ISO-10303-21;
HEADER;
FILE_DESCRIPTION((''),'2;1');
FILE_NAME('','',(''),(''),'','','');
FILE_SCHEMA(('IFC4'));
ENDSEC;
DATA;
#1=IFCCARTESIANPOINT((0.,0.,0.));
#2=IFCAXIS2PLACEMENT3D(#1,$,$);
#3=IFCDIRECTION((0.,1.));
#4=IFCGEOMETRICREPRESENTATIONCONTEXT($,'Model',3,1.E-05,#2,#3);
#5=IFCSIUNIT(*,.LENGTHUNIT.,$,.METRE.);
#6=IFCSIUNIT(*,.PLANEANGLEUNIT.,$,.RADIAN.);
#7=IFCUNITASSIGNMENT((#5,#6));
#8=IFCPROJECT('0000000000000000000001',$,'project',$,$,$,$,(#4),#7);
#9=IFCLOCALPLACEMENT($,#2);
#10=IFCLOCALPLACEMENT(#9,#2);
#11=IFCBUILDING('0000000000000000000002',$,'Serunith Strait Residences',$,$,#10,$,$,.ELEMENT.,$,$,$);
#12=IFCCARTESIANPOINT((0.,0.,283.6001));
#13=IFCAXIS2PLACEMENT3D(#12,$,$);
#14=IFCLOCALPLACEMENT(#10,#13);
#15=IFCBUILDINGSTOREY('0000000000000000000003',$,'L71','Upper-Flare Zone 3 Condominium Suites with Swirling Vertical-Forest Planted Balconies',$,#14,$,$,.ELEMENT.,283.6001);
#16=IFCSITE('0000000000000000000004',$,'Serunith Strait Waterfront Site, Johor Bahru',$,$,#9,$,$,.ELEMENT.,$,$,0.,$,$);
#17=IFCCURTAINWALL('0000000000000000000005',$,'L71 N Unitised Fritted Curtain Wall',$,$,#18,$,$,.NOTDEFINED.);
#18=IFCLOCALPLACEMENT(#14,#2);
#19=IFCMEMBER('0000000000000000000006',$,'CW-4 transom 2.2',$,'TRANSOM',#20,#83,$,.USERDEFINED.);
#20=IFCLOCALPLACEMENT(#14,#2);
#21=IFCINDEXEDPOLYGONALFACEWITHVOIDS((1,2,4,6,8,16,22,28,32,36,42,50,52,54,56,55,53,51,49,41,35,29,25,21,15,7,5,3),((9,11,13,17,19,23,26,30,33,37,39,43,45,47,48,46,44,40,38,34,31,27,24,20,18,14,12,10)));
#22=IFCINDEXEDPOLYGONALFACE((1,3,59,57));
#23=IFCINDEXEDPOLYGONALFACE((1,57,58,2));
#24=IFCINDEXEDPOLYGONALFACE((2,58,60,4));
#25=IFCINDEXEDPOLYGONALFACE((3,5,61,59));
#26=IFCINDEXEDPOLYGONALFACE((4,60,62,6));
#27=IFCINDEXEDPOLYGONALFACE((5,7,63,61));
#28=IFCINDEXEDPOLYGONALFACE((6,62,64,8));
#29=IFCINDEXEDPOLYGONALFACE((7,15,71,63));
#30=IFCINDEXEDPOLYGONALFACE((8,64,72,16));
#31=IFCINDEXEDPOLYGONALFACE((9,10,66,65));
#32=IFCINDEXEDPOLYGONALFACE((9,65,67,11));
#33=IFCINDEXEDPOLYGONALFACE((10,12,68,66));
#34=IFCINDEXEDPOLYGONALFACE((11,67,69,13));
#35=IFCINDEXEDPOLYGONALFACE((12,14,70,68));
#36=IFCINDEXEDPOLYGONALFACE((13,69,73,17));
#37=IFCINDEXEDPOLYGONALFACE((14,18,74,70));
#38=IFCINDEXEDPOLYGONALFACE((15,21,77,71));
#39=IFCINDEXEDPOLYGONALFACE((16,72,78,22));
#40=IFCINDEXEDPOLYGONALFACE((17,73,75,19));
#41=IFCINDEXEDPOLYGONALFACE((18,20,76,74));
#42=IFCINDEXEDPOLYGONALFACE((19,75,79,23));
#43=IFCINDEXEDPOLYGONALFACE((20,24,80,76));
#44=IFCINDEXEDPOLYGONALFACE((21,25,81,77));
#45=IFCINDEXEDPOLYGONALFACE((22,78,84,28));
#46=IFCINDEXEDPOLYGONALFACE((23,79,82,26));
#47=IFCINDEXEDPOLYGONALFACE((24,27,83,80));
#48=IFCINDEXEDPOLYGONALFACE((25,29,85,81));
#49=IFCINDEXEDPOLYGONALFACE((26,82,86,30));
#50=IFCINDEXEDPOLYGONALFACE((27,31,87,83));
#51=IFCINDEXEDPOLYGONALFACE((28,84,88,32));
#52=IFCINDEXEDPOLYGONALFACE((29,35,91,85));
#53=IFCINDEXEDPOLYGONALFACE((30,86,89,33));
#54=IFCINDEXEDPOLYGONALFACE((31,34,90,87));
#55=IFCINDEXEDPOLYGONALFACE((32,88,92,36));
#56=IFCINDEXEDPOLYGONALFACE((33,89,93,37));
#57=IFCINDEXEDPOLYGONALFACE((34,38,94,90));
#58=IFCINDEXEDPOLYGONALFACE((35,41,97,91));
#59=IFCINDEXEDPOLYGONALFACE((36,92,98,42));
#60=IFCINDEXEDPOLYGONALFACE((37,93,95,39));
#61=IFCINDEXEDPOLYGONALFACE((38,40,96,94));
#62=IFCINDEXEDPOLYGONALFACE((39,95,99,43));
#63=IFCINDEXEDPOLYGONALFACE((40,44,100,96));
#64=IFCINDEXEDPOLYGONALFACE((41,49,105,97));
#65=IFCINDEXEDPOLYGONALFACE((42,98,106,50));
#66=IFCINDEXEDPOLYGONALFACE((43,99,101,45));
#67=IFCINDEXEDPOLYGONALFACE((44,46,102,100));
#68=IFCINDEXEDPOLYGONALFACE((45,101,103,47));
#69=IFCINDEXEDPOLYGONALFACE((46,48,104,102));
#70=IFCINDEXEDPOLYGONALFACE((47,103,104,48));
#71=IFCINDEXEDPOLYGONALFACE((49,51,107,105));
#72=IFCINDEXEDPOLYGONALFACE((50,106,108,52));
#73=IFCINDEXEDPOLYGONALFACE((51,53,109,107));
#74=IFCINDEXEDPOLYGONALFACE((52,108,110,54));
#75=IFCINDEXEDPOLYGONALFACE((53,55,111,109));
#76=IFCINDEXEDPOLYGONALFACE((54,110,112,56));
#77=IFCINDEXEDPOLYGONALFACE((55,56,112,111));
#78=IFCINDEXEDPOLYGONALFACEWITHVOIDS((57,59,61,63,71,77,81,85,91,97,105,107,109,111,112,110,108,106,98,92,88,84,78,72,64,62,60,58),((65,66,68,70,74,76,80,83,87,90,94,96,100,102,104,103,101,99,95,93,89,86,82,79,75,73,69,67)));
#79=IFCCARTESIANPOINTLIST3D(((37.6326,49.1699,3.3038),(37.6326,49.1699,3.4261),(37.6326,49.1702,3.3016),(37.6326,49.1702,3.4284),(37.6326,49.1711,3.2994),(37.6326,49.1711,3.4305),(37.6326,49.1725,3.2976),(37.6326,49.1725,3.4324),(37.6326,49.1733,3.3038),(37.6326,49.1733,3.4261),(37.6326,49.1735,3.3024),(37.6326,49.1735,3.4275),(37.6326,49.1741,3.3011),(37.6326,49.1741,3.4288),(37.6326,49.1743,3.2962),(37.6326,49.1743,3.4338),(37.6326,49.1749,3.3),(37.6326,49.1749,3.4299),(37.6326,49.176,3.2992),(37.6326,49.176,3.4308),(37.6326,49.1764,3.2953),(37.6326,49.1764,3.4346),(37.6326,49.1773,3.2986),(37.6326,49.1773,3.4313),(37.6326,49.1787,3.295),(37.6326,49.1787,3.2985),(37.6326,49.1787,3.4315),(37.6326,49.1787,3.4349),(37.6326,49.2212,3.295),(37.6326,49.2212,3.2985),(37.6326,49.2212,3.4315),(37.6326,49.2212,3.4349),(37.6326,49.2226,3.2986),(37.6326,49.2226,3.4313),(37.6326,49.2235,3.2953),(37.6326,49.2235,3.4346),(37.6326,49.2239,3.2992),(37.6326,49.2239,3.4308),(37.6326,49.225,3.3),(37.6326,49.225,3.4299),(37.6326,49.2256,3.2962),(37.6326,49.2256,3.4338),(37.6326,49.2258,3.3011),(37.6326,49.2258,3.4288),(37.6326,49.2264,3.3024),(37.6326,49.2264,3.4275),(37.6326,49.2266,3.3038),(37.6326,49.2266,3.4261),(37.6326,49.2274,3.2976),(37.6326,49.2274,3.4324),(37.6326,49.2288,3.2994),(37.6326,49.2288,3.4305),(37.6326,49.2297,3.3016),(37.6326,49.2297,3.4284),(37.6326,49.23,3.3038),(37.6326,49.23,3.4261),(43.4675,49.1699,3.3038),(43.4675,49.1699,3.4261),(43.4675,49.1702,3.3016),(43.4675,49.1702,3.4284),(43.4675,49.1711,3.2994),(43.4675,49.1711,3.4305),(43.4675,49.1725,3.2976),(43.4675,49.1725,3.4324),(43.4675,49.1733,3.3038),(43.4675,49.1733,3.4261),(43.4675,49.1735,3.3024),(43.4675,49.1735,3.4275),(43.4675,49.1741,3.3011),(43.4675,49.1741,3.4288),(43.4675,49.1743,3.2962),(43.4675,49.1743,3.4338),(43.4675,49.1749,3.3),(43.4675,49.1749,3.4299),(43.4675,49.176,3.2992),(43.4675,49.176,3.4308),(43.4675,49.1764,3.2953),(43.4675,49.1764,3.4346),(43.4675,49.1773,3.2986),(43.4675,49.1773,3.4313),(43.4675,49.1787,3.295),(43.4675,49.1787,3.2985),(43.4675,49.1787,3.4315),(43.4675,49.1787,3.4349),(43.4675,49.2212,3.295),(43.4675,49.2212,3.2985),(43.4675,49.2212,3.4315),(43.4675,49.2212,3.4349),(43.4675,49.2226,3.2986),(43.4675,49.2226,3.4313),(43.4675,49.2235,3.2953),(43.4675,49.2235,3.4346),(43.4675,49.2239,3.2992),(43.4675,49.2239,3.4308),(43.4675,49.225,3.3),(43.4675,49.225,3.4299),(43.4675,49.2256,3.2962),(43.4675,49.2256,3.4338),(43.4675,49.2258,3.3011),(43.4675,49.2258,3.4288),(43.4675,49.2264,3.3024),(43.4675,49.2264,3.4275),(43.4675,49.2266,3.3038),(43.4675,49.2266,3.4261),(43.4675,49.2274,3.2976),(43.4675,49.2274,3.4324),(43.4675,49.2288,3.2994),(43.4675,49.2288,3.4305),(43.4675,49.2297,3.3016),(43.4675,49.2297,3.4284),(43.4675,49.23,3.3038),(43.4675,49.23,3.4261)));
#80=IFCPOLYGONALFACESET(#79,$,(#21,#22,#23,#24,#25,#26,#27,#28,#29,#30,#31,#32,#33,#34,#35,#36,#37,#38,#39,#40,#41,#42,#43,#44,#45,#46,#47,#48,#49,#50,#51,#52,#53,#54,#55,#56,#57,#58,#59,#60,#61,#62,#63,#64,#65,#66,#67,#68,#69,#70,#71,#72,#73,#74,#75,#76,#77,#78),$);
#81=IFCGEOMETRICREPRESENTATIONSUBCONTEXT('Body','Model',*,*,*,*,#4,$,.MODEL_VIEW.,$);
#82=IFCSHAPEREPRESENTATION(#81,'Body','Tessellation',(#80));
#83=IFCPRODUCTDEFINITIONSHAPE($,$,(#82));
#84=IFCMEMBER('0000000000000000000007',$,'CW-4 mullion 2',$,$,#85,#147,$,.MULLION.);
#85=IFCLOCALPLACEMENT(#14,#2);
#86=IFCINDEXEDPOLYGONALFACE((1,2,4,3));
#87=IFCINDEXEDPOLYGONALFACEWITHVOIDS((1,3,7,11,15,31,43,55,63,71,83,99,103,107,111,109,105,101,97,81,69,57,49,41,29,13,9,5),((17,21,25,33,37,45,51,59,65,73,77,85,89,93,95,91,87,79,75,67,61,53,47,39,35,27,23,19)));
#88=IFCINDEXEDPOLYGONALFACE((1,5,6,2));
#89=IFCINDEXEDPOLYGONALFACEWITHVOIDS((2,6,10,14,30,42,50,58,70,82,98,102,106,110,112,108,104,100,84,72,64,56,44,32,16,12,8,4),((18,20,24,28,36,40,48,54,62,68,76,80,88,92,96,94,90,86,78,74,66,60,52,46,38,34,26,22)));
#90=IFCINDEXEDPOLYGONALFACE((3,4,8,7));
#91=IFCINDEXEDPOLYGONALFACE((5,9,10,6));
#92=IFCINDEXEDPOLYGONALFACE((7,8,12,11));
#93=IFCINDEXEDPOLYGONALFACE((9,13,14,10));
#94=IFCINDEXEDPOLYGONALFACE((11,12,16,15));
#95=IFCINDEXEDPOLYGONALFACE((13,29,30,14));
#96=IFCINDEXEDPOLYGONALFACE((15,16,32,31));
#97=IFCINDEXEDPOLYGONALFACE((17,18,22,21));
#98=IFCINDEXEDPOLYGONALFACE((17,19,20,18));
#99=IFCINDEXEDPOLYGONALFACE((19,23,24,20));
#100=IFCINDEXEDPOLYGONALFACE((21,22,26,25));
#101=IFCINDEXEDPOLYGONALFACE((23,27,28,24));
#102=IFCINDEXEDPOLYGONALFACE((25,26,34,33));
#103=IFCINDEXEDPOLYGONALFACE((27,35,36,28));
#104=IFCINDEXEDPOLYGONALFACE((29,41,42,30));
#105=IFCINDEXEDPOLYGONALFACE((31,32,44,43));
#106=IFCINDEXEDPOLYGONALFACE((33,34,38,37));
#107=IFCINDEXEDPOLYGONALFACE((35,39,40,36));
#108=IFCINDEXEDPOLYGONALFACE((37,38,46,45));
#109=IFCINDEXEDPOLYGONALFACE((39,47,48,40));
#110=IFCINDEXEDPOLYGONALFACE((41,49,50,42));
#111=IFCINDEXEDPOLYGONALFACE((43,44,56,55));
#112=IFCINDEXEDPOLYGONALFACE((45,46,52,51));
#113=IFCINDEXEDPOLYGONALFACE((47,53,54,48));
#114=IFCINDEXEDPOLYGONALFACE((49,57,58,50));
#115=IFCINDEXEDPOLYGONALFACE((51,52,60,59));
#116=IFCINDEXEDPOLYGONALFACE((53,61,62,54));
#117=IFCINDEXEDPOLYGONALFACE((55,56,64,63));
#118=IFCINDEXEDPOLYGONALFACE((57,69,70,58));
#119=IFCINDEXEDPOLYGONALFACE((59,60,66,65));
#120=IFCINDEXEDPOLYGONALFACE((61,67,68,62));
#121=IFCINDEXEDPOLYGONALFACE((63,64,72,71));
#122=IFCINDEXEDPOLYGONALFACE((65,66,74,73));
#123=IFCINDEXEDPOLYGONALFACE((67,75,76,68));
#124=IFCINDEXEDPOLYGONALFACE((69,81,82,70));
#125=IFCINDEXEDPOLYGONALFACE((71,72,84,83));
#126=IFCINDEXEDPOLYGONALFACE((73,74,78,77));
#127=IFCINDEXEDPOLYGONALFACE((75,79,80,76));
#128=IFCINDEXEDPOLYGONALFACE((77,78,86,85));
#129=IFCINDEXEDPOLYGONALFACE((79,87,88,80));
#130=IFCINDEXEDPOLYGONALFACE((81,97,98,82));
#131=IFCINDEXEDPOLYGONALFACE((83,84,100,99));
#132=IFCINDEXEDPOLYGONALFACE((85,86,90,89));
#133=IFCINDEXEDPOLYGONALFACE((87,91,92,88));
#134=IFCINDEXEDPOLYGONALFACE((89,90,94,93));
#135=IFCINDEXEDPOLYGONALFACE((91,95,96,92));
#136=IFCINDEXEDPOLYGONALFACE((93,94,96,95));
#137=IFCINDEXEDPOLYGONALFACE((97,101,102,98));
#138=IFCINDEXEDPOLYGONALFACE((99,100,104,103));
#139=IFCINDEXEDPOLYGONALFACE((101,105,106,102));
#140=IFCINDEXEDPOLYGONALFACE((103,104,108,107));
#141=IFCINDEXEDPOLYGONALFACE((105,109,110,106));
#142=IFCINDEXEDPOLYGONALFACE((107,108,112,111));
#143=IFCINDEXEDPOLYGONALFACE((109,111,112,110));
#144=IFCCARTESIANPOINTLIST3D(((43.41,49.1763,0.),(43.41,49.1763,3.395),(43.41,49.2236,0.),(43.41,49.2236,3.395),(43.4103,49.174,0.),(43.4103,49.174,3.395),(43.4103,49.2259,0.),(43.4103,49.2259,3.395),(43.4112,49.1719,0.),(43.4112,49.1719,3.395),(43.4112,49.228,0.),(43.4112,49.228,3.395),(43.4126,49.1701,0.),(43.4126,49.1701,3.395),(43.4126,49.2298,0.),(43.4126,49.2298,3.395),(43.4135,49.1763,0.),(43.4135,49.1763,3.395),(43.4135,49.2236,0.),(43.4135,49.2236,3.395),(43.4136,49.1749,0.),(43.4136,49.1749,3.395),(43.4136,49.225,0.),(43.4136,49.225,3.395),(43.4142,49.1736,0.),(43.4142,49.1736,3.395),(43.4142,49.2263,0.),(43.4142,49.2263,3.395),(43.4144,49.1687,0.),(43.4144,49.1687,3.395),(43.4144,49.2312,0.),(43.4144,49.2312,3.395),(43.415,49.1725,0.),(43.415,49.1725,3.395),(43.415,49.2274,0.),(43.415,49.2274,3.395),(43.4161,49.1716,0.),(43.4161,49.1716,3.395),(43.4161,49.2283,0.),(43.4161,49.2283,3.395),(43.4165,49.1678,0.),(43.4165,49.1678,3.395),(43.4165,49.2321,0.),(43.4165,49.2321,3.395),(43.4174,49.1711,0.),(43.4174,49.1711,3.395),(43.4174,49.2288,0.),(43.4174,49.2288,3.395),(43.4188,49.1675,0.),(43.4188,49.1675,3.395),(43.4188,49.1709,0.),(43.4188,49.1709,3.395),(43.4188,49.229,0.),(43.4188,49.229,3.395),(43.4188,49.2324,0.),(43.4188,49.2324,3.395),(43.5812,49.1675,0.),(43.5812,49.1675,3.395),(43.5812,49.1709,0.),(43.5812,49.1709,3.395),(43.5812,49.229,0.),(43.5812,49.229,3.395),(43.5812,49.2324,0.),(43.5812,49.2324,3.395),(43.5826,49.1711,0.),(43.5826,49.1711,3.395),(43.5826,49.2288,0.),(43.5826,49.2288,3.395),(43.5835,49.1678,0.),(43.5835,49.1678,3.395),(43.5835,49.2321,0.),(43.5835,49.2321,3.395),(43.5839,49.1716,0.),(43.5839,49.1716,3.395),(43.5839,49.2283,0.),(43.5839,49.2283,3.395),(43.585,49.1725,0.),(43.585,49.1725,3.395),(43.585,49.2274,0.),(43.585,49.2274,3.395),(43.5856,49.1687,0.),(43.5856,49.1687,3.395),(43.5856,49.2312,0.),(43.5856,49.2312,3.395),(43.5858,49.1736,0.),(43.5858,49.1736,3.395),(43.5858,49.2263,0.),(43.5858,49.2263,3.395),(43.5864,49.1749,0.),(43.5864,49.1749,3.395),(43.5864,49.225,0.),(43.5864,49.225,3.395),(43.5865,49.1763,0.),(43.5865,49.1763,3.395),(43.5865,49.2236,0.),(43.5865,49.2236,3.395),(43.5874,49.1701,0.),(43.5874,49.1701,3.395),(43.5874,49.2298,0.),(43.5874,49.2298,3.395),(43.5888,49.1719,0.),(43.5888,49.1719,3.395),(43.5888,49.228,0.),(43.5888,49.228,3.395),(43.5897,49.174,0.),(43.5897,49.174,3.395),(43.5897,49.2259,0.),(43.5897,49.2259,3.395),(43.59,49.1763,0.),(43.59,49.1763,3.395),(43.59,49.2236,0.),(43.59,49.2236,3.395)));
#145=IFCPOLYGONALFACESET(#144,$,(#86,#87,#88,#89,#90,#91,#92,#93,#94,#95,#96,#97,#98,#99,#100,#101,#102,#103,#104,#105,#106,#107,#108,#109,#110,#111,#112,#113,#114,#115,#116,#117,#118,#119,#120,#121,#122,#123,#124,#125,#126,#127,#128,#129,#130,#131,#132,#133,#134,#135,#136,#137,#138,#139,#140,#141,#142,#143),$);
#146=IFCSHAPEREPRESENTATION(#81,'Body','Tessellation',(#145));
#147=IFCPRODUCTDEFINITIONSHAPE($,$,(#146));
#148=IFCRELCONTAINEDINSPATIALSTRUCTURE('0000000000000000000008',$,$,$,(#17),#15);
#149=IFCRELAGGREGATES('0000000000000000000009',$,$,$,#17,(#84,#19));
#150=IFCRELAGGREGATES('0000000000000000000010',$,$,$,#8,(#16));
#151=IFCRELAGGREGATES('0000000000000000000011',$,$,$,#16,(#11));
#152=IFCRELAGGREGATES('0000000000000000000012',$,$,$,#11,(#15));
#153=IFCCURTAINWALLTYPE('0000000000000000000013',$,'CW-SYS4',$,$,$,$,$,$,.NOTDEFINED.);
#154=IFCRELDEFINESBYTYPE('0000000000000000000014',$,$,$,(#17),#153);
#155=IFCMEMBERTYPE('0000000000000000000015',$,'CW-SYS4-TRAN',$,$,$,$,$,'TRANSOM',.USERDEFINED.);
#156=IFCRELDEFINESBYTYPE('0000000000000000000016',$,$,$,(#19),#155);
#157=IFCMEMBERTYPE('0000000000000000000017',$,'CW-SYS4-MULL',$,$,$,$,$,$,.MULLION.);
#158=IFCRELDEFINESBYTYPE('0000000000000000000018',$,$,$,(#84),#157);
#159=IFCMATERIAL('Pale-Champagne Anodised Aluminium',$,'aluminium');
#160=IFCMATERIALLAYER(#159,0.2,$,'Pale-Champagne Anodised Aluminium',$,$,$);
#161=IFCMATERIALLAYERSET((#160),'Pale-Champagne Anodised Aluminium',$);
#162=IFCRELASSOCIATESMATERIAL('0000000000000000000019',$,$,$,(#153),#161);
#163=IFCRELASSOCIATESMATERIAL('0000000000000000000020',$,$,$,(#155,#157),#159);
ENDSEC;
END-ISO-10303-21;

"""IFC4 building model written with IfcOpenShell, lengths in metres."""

from ifc_helpers import new_model, si_unit, direction, frame, origin, origin_2d, place, context, subcontext, project, spatial, hollow_rectangle, extrude, source, transform, mapped, material, layer, layer_set, material_profile, profile_set, type_object, element, aggregate, save


model = new_model("IFC4")

# Units and contexts
model_context = context("Model", 3, precision=1e-05, world=origin(), true_north=direction((0.0, 1.0)))
body_context = subcontext(model_context, "Body", "Model", "MODEL_VIEW")
ifc_project = project(units=[si_unit("LENGTHUNIT", "METRE"), si_unit("PLANEANGLEUNIT", "RADIAN")], contexts=[model_context])

# Site, building, storey
site_placement = place(None, origin())
site = spatial("IfcSite", under=ifc_project, at=site_placement, Name="Serunith Strait Waterfront Site, Johor Bahru", CompositionType="ELEMENT", RefElevation=0.0)
building_placement = place(site_placement, origin())
building = spatial("IfcBuilding", under=site, at=building_placement, Name="Serunith Strait Residences", CompositionType="ELEMENT")
storey_placement = place(building_placement, frame((0.0, 0.0, 283.6001)))
storey = spatial("IfcBuildingStorey", under=building, at=storey_placement, Name="L71", Description="Upper-Flare Zone 3 Condominium Suites with Swirling Vertical-Forest Planted Balconies", CompositionType="ELEMENT", Elevation=283.6001)

# Curtain wall, members
ifc_material_1 = material(Name="Pale-Champagne Anodised Aluminium", Category="aluminium")
ifc_layer_1 = layer(ifc_material_1, 0.2, Name="Pale-Champagne Anodised Aluminium")
ifc_layer_set_1 = layer_set([ifc_layer_1], Name="Pale-Champagne Anodised Aluminium")
curtain_wall_type = type_object("IfcCurtainWallType", Name="CW-SYS4", PredefinedType="NOTDEFINED", material=ifc_layer_set_1)
curtain_wall_placement = place(storey_placement, origin())
curtain_wall = element("IfcCurtainWall", 1, at=curtain_wall_placement, inside=storey, type_object=curtain_wall_type, Name="L71 N Unitised Fritted Curtain Wall", PredefinedType="NOTDEFINED")
ifc_material_profile_1 = material_profile(ifc_material_1, hollow_rectangle(XDim=0.0601, YDim=0.1399, WallThickness=0.0034, InnerFilletRadius=0.0054, OuterFilletRadius=0.0088, at=origin_2d()), Name="ALU 140x60x3.5")
ifc_profile_set_1 = profile_set([ifc_material_profile_1], Name="Pale-Champagne Anodised Aluminium")
member_type_1 = type_object("IfcMemberType", Name="CW-SYS4-TRAN", ElementType="TRANSOM", PredefinedType="USERDEFINED", material=ifc_profile_set_1)
shared_shape_1 = source(origin(), body_context, "Body", "SweptSolid", [
    extrude(hollow_rectangle(XDim=0.0601, YDim=0.1399, WallThickness=0.0034, InnerFilletRadius=0.0054, OuterFilletRadius=0.0088, at=origin_2d()), origin(), (0.0, 0.0, 1.0), 5.835),
])
member_1_placement = place(storey_placement, frame((43.4675, 49.2, 3.365), z_axis=(-1.0, 0.0, 0.0), x_axis=(0.0, -1.0, 0.0)))
member_1 = element("IfcMember", 2, at=member_1_placement, type_object=member_type_1, Name="CW-4 transom 2.2", ObjectType="TRANSOM", PredefinedType="USERDEFINED", context=body_context, shape_type="MappedRepresentation", body=[
    mapped(shared_shape_1, transform((0.0, 0.0, 0.0), scale=1.0)),
])
ifc_material_profile_2 = material_profile(ifc_material_1, hollow_rectangle(XDim=0.0649, YDim=0.1799, WallThickness=0.0034, InnerFilletRadius=0.0054, OuterFilletRadius=0.0088, at=origin_2d()), Name="ALU 180x65x3.5")
ifc_profile_set_2 = profile_set([ifc_material_profile_2], Name="Pale-Champagne Anodised Aluminium")
member_type_2 = type_object("IfcMemberType", Name="CW-SYS4-MULL", PredefinedType="MULLION", material=ifc_profile_set_2)
shared_shape_2 = source(origin(), body_context, "Body", "SweptSolid", [
    extrude(hollow_rectangle(XDim=0.0649, YDim=0.1799, WallThickness=0.0034, InnerFilletRadius=0.0054, OuterFilletRadius=0.0088, at=origin_2d()), origin(), (0.0, 0.0, 1.0), 3.395),
])
member_2_placement = place(storey_placement, frame((43.5, 49.2, 0.0), z_axis=(0.0, 0.0, 1.0), x_axis=(0.0, -1.0, 0.0)))
member_2 = element("IfcMember", 3, at=member_2_placement, type_object=member_type_2, Name="CW-4 mullion 2", PredefinedType="MULLION", context=body_context, shape_type="MappedRepresentation", body=[
    mapped(shared_shape_2, transform((0.0, 0.0, 0.0), scale=1.0)),
])
aggregate(curtain_wall, [member_2, member_1])

save(model, "model.ifc")
